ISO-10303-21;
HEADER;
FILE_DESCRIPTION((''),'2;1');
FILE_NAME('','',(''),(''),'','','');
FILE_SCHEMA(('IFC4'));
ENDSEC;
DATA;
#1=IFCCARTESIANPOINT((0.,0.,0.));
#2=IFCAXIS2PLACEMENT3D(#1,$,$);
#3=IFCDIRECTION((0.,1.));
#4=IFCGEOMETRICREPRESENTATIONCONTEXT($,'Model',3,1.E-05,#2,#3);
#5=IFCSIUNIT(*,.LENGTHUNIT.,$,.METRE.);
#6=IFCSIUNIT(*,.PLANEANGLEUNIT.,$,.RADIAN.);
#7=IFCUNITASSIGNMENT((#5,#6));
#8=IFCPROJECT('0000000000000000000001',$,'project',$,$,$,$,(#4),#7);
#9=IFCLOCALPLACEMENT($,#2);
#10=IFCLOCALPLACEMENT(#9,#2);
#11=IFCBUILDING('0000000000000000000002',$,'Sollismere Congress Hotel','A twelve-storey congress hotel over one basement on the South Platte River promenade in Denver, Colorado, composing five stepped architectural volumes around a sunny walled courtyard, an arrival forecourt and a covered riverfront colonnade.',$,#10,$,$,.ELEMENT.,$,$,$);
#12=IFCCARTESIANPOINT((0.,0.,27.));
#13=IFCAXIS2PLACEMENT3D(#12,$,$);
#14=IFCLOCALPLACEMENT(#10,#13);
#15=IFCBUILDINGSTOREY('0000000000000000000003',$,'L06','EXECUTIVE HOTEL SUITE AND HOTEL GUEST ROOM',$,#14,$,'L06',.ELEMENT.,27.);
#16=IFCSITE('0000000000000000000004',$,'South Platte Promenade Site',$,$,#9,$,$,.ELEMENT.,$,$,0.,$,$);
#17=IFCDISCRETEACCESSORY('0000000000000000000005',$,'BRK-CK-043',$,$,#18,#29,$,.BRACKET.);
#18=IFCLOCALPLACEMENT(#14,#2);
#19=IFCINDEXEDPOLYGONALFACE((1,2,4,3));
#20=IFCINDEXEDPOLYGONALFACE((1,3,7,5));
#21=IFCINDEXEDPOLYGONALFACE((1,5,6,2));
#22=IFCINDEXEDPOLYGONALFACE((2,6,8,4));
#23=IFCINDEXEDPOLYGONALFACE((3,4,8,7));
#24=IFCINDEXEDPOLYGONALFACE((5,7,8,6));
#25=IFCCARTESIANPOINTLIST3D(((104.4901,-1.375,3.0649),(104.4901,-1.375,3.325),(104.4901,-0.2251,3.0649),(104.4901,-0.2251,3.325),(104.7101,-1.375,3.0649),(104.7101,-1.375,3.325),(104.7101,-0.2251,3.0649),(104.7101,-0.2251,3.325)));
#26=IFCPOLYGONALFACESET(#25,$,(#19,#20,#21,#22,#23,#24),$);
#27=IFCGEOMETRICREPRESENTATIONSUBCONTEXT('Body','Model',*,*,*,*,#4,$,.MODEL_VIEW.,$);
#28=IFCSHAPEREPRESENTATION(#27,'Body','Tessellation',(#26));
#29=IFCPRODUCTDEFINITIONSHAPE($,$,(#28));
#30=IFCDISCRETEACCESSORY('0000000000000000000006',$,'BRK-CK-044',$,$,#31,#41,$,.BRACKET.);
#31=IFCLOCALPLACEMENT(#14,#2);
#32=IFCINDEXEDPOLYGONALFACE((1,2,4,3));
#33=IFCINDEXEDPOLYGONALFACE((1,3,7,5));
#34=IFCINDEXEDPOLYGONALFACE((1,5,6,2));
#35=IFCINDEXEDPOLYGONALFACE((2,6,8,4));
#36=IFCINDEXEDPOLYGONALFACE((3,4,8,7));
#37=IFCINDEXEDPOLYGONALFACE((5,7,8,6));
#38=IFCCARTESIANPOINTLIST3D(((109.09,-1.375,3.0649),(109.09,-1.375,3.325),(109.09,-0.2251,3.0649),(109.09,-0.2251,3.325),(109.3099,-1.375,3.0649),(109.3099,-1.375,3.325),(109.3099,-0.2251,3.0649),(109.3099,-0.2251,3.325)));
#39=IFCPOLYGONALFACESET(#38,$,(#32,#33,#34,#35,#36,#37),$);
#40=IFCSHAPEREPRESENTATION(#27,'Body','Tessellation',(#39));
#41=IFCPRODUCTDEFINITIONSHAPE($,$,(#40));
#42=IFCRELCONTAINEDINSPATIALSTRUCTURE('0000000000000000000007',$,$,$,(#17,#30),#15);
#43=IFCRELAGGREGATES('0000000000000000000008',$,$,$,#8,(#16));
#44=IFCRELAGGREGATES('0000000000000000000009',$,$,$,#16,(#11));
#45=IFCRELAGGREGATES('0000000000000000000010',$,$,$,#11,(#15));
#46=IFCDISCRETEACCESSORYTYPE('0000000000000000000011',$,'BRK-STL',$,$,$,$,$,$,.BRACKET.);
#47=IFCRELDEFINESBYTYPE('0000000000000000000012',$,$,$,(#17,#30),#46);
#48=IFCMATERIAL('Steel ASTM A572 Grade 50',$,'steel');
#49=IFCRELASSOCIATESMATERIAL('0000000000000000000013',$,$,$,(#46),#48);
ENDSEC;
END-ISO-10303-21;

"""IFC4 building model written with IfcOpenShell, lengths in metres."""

from ifc_helpers import new_model, si_unit, direction, frame, origin, origin_2d, place, context, subcontext, project, spatial, rectangle, extrude, material, type_object, element, save


model = new_model("IFC4")

# Units and contexts
model_context = context("Model", 3, precision=1e-05, world=origin(), true_north=direction((0.0, 1.0)))
body_context = subcontext(model_context, "Body", "Model", "MODEL_VIEW")
ifc_project = project(units=[si_unit("LENGTHUNIT", "METRE"), si_unit("PLANEANGLEUNIT", "RADIAN")], contexts=[model_context])

# Site, building, storey
site_placement = place(None, origin())
site = spatial("IfcSite", under=ifc_project, at=site_placement, Name="South Platte Promenade Site", CompositionType="ELEMENT", RefElevation=0.0)
building_placement = place(site_placement, origin())
building = spatial("IfcBuilding", under=site, at=building_placement, Name="Sollismere Congress Hotel", Description="A twelve-storey congress hotel over one basement on the South Platte River promenade in Denver, Colorado, composing five stepped architectural volumes around a sunny walled courtyard, an arrival forecourt and a covered riverfront colonnade.", CompositionType="ELEMENT")
storey_placement = place(building_placement, frame((0.0, 0.0, 27.0)))
storey = spatial("IfcBuildingStorey", under=building, at=storey_placement, Name="L06", Description="EXECUTIVE HOTEL SUITE AND HOTEL GUEST ROOM", LongName="L06", CompositionType="ELEMENT", Elevation=27.0)

# Discrete accessories
ifc_material_1 = material(Name="Steel ASTM A572 Grade 50", Category="steel")
discrete_accessory_type = type_object("IfcDiscreteAccessoryType", Name="BRK-STL", PredefinedType="BRACKET", material=ifc_material_1)
for number, where, z_axis, x_axis, name in (
    (1, (104.6001, -0.8, 3.0649), (0.0, 0.0, 1.0), (1.0, 0.0, 0.0), "BRK-CK-043"),
    (2, (109.2, -0.8, 3.0649), (0.0, 0.0, 1.0), (1.0, 0.0, 0.0), "BRK-CK-044"),
):
    element("IfcDiscreteAccessory", number, at=place(storey_placement, frame(where, z_axis=z_axis, x_axis=x_axis)), inside=storey, type_object=discrete_accessory_type, Name=name, PredefinedType="BRACKET", context=body_context, shape_type="SweptSolid", body=[
        extrude(rectangle(XDim=0.22, YDim=1.1499, at=origin_2d()), origin(), (0.0, 0.0, 1.0), 0.26),
    ])

save(model, "model.ifc")
